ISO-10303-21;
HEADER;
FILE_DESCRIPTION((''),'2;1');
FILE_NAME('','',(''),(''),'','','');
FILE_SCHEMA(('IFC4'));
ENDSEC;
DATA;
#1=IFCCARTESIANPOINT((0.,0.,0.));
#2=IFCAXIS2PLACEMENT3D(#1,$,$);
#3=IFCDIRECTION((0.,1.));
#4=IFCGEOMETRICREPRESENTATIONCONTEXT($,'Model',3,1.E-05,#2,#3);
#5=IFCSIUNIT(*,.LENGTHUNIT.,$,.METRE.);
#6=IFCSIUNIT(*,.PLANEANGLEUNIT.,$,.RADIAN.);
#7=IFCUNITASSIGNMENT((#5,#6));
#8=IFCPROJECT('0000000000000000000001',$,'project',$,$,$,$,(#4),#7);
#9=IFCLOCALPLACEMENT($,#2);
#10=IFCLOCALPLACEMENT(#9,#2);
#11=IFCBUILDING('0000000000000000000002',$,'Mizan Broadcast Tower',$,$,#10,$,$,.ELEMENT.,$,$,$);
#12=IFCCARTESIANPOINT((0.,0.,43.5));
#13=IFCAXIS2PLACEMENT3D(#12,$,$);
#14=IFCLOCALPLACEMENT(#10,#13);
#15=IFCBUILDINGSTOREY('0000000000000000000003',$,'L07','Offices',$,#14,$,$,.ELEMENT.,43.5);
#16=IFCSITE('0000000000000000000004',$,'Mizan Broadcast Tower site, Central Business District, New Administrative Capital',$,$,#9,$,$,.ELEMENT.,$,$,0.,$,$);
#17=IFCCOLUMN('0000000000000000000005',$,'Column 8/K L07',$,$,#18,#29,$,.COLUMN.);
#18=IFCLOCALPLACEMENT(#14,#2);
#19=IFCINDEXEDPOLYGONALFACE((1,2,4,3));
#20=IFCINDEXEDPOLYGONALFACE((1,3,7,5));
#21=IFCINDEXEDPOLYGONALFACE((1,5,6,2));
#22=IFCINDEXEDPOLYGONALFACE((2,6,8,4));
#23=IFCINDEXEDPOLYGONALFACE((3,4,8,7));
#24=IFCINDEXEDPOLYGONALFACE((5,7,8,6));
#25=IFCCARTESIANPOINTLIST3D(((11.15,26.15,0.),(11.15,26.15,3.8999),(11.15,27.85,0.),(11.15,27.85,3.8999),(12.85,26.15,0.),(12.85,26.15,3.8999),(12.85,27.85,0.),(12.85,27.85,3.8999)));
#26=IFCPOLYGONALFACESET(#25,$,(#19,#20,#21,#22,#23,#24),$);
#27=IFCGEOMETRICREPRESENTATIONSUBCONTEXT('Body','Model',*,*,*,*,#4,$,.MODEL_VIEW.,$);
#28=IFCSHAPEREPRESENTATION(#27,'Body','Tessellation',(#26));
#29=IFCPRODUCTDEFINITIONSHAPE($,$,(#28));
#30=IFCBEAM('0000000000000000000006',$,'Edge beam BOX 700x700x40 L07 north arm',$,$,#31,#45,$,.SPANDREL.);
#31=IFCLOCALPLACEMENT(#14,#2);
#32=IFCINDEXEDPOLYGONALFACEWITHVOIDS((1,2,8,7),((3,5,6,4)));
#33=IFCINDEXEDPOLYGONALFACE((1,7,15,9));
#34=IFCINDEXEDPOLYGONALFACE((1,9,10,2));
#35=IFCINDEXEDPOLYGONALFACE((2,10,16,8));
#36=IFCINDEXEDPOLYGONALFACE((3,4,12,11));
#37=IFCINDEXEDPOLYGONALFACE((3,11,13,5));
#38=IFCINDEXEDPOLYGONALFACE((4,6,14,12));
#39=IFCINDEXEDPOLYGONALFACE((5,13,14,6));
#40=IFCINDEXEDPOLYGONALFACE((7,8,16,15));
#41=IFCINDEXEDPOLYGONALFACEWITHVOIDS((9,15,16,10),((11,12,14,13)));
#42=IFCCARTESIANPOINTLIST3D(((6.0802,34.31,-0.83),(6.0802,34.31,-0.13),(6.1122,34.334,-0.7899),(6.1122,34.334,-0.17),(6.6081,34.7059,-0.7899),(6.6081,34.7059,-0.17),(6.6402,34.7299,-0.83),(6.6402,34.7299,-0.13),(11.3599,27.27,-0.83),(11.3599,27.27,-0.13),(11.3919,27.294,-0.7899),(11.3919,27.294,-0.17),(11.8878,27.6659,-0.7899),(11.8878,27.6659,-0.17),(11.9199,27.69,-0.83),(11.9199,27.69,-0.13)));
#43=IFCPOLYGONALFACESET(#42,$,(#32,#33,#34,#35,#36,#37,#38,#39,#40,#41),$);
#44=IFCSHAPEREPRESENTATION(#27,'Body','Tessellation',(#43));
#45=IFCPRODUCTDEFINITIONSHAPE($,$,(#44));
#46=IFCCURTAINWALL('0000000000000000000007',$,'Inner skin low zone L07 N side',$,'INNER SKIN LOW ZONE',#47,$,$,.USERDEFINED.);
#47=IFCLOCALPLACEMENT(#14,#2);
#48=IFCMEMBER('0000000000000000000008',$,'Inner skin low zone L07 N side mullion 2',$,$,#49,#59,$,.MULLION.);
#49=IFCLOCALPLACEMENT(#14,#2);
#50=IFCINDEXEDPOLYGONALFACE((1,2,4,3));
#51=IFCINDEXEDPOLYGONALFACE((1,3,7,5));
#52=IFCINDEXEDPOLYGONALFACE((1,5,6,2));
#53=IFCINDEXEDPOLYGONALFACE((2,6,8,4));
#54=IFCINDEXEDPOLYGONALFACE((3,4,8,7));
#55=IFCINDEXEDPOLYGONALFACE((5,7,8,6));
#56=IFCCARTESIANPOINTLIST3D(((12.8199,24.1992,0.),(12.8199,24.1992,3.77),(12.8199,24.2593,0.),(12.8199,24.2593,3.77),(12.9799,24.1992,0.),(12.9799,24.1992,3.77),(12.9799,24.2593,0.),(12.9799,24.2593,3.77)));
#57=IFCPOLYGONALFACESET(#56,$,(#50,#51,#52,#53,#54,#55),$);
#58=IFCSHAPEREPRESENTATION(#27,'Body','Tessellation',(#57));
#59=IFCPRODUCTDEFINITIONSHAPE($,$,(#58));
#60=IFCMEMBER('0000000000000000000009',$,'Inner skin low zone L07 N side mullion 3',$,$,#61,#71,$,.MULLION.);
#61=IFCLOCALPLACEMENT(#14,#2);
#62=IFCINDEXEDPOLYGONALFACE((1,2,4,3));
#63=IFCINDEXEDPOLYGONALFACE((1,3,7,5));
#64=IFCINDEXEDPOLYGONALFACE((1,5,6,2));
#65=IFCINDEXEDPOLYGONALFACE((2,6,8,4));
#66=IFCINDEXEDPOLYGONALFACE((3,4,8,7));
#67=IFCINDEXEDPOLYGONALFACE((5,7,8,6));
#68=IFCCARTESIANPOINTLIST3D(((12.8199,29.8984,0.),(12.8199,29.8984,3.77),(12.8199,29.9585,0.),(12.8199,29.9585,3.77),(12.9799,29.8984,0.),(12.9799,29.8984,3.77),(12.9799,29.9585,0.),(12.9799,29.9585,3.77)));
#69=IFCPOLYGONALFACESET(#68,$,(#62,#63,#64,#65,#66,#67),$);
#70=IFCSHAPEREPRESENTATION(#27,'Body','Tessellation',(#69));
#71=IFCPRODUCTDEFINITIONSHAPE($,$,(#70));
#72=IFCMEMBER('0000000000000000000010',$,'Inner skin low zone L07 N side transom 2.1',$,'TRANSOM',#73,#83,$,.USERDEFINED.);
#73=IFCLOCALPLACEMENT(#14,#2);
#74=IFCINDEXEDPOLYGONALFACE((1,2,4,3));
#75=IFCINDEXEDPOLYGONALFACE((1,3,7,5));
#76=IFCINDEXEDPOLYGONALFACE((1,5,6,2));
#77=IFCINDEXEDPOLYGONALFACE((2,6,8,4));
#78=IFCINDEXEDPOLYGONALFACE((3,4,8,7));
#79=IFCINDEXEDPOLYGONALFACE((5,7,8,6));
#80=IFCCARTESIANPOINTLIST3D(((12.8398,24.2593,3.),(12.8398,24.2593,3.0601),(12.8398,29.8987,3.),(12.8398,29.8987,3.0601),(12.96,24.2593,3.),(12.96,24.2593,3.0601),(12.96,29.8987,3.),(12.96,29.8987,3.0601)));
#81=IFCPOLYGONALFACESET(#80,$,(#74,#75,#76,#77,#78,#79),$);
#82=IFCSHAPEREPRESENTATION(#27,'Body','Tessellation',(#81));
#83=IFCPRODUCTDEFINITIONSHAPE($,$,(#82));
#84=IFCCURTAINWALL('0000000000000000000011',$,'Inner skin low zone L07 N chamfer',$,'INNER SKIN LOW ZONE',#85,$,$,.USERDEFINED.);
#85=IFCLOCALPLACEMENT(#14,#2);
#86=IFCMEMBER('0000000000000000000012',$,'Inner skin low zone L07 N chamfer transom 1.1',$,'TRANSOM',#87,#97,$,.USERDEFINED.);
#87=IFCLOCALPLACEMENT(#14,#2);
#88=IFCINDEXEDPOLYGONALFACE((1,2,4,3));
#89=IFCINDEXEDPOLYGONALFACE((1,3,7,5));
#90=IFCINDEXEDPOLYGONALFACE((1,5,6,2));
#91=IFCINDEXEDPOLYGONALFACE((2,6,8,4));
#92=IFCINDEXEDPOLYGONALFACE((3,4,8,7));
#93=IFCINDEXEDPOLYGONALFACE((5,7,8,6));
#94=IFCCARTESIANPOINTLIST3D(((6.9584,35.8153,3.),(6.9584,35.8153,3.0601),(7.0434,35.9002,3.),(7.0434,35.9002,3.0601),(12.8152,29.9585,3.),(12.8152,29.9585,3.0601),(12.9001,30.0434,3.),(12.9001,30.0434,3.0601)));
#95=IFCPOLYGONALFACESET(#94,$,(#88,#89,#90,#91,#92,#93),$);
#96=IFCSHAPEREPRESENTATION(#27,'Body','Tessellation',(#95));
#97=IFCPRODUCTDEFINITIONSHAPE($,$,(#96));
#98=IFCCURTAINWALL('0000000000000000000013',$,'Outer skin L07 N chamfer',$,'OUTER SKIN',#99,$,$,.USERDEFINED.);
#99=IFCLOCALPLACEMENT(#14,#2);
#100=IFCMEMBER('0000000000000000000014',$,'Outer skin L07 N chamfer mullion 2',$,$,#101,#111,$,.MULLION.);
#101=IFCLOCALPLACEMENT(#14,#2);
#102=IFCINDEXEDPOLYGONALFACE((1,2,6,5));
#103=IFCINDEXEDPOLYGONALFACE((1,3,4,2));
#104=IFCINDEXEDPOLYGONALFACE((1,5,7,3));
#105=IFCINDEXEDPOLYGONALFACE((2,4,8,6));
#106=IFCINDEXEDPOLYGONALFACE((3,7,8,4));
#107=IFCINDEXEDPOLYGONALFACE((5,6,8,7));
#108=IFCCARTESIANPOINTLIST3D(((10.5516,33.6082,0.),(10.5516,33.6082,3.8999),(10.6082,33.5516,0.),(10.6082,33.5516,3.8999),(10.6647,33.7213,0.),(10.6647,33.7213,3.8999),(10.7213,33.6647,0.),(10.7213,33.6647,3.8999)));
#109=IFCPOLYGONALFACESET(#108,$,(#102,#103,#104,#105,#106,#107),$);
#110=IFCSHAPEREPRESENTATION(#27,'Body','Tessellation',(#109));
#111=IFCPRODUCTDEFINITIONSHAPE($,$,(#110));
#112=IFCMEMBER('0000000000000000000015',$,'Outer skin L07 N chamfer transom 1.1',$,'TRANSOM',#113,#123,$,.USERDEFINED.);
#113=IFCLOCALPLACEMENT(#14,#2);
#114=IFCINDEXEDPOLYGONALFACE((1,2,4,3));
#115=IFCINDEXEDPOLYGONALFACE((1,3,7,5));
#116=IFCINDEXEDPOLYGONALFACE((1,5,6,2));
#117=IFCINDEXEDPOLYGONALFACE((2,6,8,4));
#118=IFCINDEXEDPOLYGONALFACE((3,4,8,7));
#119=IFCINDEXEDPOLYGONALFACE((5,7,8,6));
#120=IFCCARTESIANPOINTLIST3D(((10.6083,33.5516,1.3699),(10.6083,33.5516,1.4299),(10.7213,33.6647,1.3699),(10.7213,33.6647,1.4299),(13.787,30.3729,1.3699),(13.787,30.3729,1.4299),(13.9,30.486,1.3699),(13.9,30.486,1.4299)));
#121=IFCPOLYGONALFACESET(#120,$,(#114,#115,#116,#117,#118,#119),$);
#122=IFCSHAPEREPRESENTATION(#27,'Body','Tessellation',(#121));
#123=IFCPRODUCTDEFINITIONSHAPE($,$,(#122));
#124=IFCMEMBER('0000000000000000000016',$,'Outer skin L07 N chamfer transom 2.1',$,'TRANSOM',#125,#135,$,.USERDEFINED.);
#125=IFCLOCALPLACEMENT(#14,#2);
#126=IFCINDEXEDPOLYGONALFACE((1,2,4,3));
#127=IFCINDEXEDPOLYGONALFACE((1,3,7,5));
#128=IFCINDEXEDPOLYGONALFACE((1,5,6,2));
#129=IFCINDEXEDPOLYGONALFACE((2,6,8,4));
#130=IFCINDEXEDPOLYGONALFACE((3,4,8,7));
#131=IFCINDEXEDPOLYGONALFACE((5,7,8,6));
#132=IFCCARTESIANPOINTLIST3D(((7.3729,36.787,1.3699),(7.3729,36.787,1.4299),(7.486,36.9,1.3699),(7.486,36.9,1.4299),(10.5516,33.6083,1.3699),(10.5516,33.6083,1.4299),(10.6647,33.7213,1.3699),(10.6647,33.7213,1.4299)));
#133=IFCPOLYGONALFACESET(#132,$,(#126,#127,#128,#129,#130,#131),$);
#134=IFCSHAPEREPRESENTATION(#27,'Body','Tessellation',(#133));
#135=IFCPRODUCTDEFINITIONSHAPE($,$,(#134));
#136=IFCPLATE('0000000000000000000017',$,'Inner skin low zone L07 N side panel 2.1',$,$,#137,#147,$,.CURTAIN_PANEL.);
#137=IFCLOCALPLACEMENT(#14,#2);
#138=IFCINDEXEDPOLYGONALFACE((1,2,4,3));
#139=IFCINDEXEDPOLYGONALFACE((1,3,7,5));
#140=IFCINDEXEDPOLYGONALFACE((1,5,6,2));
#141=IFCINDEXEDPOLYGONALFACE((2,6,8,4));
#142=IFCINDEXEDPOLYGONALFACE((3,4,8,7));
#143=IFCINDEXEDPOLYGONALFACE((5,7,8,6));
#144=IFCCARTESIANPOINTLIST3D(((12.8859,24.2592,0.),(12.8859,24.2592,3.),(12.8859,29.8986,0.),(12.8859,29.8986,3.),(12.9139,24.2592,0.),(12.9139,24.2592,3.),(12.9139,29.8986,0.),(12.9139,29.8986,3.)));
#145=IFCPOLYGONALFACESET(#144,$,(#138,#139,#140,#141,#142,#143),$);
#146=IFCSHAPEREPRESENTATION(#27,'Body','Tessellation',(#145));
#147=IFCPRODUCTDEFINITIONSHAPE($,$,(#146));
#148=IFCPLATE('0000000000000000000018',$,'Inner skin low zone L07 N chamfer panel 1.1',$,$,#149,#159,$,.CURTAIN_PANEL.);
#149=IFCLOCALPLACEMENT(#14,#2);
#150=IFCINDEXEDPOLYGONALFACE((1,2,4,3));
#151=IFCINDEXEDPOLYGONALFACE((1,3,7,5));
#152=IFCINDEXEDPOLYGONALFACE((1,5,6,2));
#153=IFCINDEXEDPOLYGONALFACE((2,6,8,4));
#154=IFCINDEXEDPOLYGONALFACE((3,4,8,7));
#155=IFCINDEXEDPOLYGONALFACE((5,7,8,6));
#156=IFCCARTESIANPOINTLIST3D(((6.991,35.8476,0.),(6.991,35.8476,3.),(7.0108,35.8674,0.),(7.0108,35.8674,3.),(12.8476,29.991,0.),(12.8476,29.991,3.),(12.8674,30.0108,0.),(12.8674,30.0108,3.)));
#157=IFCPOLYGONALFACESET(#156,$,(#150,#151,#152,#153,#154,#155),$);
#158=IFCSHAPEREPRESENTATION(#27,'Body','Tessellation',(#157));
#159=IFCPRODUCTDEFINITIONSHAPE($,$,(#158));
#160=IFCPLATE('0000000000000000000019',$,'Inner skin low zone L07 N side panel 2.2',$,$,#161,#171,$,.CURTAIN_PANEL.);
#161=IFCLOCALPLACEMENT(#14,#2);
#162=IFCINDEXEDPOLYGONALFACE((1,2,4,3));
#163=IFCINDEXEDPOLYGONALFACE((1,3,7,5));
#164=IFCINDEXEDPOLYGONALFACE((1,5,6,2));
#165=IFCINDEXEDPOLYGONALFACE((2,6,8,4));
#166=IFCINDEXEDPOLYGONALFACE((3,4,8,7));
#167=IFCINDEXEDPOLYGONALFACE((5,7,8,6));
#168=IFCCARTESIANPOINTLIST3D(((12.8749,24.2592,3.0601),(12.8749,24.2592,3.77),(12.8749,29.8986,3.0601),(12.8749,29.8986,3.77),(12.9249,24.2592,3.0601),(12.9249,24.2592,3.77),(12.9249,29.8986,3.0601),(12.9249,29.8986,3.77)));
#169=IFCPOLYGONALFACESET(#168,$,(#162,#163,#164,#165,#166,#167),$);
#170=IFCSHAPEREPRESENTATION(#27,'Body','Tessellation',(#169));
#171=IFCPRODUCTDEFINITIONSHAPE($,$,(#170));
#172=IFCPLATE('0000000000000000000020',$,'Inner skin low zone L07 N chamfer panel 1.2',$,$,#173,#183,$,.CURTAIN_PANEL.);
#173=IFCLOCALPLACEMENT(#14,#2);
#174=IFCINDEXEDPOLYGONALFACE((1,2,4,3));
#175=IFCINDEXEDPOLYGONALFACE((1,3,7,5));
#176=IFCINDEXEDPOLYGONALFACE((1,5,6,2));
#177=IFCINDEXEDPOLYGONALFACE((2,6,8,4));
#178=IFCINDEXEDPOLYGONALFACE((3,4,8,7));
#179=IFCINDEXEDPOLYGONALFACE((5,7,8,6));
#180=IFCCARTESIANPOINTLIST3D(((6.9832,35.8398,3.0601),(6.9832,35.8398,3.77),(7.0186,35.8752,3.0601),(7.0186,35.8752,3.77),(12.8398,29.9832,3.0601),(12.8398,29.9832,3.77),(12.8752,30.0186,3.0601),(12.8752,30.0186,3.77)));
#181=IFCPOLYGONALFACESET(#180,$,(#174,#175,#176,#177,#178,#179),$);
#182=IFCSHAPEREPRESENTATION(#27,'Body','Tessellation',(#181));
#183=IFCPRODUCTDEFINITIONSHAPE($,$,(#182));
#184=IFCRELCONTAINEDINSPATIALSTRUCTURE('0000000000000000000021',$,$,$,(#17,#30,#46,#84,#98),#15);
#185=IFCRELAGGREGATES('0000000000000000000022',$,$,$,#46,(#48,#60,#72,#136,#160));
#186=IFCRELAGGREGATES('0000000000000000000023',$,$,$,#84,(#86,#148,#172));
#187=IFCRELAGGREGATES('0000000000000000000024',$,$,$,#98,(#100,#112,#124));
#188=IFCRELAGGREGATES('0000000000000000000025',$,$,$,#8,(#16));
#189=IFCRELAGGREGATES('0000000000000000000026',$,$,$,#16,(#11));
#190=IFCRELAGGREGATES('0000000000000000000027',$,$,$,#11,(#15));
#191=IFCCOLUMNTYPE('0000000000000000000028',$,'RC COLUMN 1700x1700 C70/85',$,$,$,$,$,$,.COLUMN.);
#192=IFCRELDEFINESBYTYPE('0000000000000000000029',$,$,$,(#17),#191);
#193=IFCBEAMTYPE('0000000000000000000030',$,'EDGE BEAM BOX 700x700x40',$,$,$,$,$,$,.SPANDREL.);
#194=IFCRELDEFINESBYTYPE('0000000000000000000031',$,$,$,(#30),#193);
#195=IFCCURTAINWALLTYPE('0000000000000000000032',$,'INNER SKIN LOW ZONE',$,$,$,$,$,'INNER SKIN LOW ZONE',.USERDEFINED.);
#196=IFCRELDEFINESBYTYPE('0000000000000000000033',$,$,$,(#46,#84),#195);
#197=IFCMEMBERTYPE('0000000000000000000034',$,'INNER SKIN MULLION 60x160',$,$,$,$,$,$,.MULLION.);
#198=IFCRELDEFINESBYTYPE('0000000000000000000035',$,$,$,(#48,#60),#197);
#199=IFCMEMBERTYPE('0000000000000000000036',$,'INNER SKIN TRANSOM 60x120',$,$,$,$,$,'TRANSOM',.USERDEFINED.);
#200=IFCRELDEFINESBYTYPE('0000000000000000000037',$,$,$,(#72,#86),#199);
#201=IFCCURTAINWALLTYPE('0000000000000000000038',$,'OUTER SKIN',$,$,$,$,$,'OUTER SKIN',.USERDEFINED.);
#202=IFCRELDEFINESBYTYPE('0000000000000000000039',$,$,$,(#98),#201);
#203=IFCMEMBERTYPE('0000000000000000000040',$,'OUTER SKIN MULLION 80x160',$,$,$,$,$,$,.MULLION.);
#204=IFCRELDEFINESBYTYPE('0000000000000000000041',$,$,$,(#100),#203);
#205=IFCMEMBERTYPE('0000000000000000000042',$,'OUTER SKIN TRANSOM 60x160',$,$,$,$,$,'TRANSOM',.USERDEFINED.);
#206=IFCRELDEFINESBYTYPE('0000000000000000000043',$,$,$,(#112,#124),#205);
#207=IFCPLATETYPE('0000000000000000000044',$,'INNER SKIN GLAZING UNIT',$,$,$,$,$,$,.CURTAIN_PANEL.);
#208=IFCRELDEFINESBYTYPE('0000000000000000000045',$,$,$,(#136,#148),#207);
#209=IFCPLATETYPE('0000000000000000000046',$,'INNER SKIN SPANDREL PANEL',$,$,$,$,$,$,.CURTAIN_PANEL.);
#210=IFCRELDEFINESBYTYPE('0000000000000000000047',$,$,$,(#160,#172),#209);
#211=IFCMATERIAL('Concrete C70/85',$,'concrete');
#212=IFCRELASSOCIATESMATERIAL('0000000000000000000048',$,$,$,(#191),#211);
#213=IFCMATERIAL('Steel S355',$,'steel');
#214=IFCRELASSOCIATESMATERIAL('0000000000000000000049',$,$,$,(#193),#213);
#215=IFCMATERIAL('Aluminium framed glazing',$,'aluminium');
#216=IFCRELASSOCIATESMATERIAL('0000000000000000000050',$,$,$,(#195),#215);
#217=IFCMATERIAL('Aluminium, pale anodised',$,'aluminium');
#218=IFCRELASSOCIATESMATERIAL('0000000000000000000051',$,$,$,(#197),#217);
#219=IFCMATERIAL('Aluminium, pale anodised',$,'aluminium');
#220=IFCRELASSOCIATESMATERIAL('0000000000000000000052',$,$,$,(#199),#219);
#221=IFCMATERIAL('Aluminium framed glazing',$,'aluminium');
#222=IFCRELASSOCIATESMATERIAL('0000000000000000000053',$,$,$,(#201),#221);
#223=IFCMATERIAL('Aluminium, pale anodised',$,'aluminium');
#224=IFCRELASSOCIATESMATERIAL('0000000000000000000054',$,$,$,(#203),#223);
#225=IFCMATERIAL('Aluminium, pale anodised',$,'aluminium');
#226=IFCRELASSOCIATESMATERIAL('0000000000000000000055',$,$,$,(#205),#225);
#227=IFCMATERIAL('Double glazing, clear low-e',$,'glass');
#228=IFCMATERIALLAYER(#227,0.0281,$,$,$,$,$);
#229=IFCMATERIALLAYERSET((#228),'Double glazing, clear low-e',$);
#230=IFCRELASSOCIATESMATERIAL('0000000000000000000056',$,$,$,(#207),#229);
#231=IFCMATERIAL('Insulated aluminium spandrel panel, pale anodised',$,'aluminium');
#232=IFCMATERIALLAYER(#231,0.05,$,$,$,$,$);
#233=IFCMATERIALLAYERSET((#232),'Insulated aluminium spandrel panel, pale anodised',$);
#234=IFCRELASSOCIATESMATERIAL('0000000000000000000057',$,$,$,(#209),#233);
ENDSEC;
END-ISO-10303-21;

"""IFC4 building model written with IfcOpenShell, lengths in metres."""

from ifc_helpers import new_model, si_unit, direction, frame, origin, origin_2d, place, context, subcontext, project, spatial, rectangle, hollow_rectangle, extrude, material, layer, layer_set, material_profile, profile_set, type_object, element, aggregate, save


model = new_model("IFC4")

# Units and contexts
model_context = context("Model", 3, precision=1e-05, world=origin(), true_north=direction((0.0, 1.0)))
body_context = subcontext(model_context, "Body", "Model", "MODEL_VIEW")
ifc_project = project(units=[si_unit("LENGTHUNIT", "METRE"), si_unit("PLANEANGLEUNIT", "RADIAN")], contexts=[model_context])

# Site, building, storey
site_placement = place(None, origin())
site = spatial("IfcSite", under=ifc_project, at=site_placement, Name="Mizan Broadcast Tower site, Central Business District, New Administrative Capital", CompositionType="ELEMENT", RefElevation=0.0)
building_placement = place(site_placement, origin())
building = spatial("IfcBuilding", under=site, at=building_placement, Name="Mizan Broadcast Tower", CompositionType="ELEMENT")
storey_placement = place(building_placement, frame((0.0, 0.0, 43.5)))
storey = spatial("IfcBuildingStorey", under=building, at=storey_placement, Name="L07", Description="Offices", CompositionType="ELEMENT", Elevation=43.5)

# Column
ifc_material_1 = material(Name="Concrete C70/85", Category="concrete")
ifc_material_profile_1 = material_profile(ifc_material_1, rectangle(XDim=1.7, YDim=1.7, at=origin_2d()), Name="RC 1700x1700")
ifc_profile_set_1 = profile_set([ifc_material_profile_1], Name="Concrete C70/85")
column_type = type_object("IfcColumnType", Name="RC COLUMN 1700x1700 C70/85", PredefinedType="COLUMN", material=ifc_profile_set_1)
column_placement = place(storey_placement, frame((12.0, 27.0, 0.0), z_axis=(0.0, 0.0, 1.0), x_axis=(1.0, 0.0, 0.0)))
element("IfcColumn", 1, at=column_placement, inside=storey, type_object=column_type, Name="Column 8/K L07", PredefinedType="COLUMN", context=body_context, shape_type="SweptSolid", body=[
    extrude(rectangle(XDim=1.7, YDim=1.7, at=origin_2d()), origin(), (0.0, 0.0, 1.0), 3.8999),
])

# Beam
ifc_material_2 = material(Name="Steel S355", Category="steel")
ifc_material_profile_2 = material_profile(ifc_material_2, hollow_rectangle(XDim=0.7, YDim=0.7, WallThickness=0.04, at=origin_2d()), Name="BOX 700x700x40")
ifc_profile_set_2 = profile_set([ifc_material_profile_2], Name="Steel S355")
beam_type = type_object("IfcBeamType", Name="EDGE BEAM BOX 700x700x40", PredefinedType="SPANDREL", material=ifc_profile_set_2)
beam_placement = place(storey_placement, frame((11.6399, 27.48, -0.48), z_axis=(-0.599982, 0.800013, 0.0), x_axis=(-0.800013, -0.599982, 0.0)))
element("IfcBeam", 2, at=beam_placement, inside=storey, type_object=beam_type, Name="Edge beam BOX 700x700x40 L07 north arm", PredefinedType="SPANDREL", context=body_context, shape_type="SweptSolid", body=[
    extrude(hollow_rectangle(XDim=0.7, YDim=0.7, WallThickness=0.04, at=origin_2d()), origin(), (0.0, 0.0, 1.0), 8.7998),
])

# Curtain wall, members
ifc_material_3 = material(Name="Aluminium framed glazing", Category="aluminium")
curtain_wall_type_1 = type_object("IfcCurtainWallType", Name="INNER SKIN LOW ZONE", ElementType="INNER SKIN LOW ZONE", PredefinedType="USERDEFINED", material=ifc_material_3)
curtain_wall_1_placement = place(storey_placement, origin())
curtain_wall_1 = element("IfcCurtainWall", 3, at=curtain_wall_1_placement, inside=storey, type_object=curtain_wall_type_1, Name="Inner skin low zone L07 N side", ObjectType="INNER SKIN LOW ZONE", PredefinedType="USERDEFINED")
ifc_material_4 = material(Name="Aluminium, pale anodised", Category="aluminium")
ifc_material_profile_3 = material_profile(ifc_material_4, rectangle(XDim=0.1599, YDim=0.0601, at=origin_2d()), Name="MULLION 160x60")
ifc_profile_set_3 = profile_set([ifc_material_profile_3], Name="Aluminium, pale anodised")
member_type_1 = type_object("IfcMemberType", Name="INNER SKIN MULLION 60x160", PredefinedType="MULLION", material=ifc_profile_set_3)
member_1_placement = place(storey_placement, frame((12.8999, 24.2292, 0.0), z_axis=(0.0, 0.0, 1.0), x_axis=(-1.0, 0.0, 0.0)))
member_1 = element("IfcMember", 4, at=member_1_placement, type_object=member_type_1, Name="Inner skin low zone L07 N side mullion 2", PredefinedType="MULLION", context=body_context, shape_type="SweptSolid", body=[
    extrude(rectangle(XDim=0.1599, YDim=0.0601, at=origin_2d()), origin(), (0.0, 0.0, 1.0), 3.77),
])
member_2_placement = place(storey_placement, frame((12.8999, 29.9285, 0.0), z_axis=(0.0, 0.0, 1.0), x_axis=(-1.0, 0.0, 0.0)))
member_2 = element("IfcMember", 5, at=member_2_placement, type_object=member_type_1, Name="Inner skin low zone L07 N side mullion 3", PredefinedType="MULLION", context=body_context, shape_type="SweptSolid", body=[
    extrude(rectangle(XDim=0.1599, YDim=0.0601, at=origin_2d()), origin(), (0.0, 0.0, 1.0), 3.77),
])
ifc_material_5 = material(Name="Aluminium, pale anodised", Category="aluminium")
ifc_material_profile_4 = material_profile(ifc_material_5, rectangle(XDim=0.1201, YDim=0.0601, at=origin_2d()), Name="TRANSOM 120x60")
ifc_profile_set_4 = profile_set([ifc_material_profile_4], Name="Aluminium, pale anodised")
member_type_2 = type_object("IfcMemberType", Name="INNER SKIN TRANSOM 60x120", ElementType="TRANSOM", PredefinedType="USERDEFINED", material=ifc_profile_set_4)
member_3_placement = place(storey_placement, frame((12.8999, 24.2593, 3.03), z_axis=(0.0, 1.0, 0.0), x_axis=(-1.0, 0.0, 0.0)))
member_3 = element("IfcMember", 6, at=member_3_placement, type_object=member_type_2, Name="Inner skin low zone L07 N side transom 2.1", ObjectType="TRANSOM", PredefinedType="USERDEFINED", context=body_context, shape_type="SweptSolid", body=[
    extrude(rectangle(XDim=0.1201, YDim=0.0601, at=origin_2d()), origin(), (0.0, 0.0, 1.0), 5.6394),
])

# Curtain wall, member
curtain_wall_2_placement = place(storey_placement, origin())
curtain_wall_2 = element("IfcCurtainWall", 7, at=curtain_wall_2_placement, inside=storey, type_object=curtain_wall_type_1, Name="Inner skin low zone L07 N chamfer", ObjectType="INNER SKIN LOW ZONE", PredefinedType="USERDEFINED")
member_4_placement = place(storey_placement, frame((12.8577, 30.001, 3.03), z_axis=(-0.707107, 0.707107, 0.0), x_axis=(-0.707107, -0.707107, 0.0)))
member_4 = element("IfcMember", 8, at=member_4_placement, type_object=member_type_2, Name="Inner skin low zone L07 N chamfer transom 1.1", ObjectType="TRANSOM", PredefinedType="USERDEFINED", context=body_context, shape_type="SweptSolid", body=[
    extrude(rectangle(XDim=0.1201, YDim=0.0601, at=origin_2d()), origin(), (0.0, 0.0, 1.0), 8.2827),
])

# Curtain wall, members
ifc_material_6 = material(Name="Aluminium framed glazing", Category="aluminium")
curtain_wall_type_2 = type_object("IfcCurtainWallType", Name="OUTER SKIN", ElementType="OUTER SKIN", PredefinedType="USERDEFINED", material=ifc_material_6)
curtain_wall_3_placement = place(storey_placement, origin())
curtain_wall_3 = element("IfcCurtainWall", 9, at=curtain_wall_3_placement, inside=storey, type_object=curtain_wall_type_2, Name="Outer skin L07 N chamfer", ObjectType="OUTER SKIN", PredefinedType="USERDEFINED")
ifc_material_7 = material(Name="Aluminium, pale anodised", Category="aluminium")
ifc_material_profile_5 = material_profile(ifc_material_7, rectangle(XDim=0.1599, YDim=0.0801, at=origin_2d()), Name="MULLION 160x80")
ifc_profile_set_5 = profile_set([ifc_material_profile_5], Name="Aluminium, pale anodised")
member_type_3 = type_object("IfcMemberType", Name="OUTER SKIN MULLION 80x160", PredefinedType="MULLION", material=ifc_profile_set_5)
member_5_placement = place(storey_placement, frame((10.6365, 33.6365, 0.0), z_axis=(0.0, 0.0, 1.0), x_axis=(-0.707107, -0.707107, 0.0)))
member_5 = element("IfcMember", 10, at=member_5_placement, type_object=member_type_3, Name="Outer skin L07 N chamfer mullion 2", PredefinedType="MULLION", context=body_context, shape_type="SweptSolid", body=[
    extrude(rectangle(XDim=0.1599, YDim=0.0801, at=origin_2d()), origin(), (0.0, 0.0, 1.0), 3.8999),
])
ifc_material_8 = material(Name="Aluminium, pale anodised", Category="aluminium")
ifc_material_profile_6 = material_profile(ifc_material_8, rectangle(XDim=0.1599, YDim=0.0601, at=origin_2d()), Name="TRANSOM 160x60")
ifc_profile_set_6 = profile_set([ifc_material_profile_6], Name="Aluminium, pale anodised")
member_type_4 = type_object("IfcMemberType", Name="OUTER SKIN TRANSOM 60x160", ElementType="TRANSOM", PredefinedType="USERDEFINED", material=ifc_profile_set_6)
member_6_placement = place(storey_placement, frame((13.8435, 30.4294, 1.3999), z_axis=(-0.707107, 0.707107, 0.0), x_axis=(-0.707107, -0.707107, 0.0)))
member_6 = element("IfcMember", 11, at=member_6_placement, type_object=member_type_4, Name="Outer skin L07 N chamfer transom 1.1", ObjectType="TRANSOM", PredefinedType="USERDEFINED", context=body_context, shape_type="SweptSolid", body=[
    extrude(rectangle(XDim=0.1599, YDim=0.0601, at=origin_2d()), origin(), (0.0, 0.0, 1.0), 4.4954),
])
member_7_placement = place(storey_placement, frame((10.6082, 33.6648, 1.3999), z_axis=(-0.707107, 0.707107, 0.0), x_axis=(-0.707107, -0.707107, 0.0)))
member_7 = element("IfcMember", 12, at=member_7_placement, type_object=member_type_4, Name="Outer skin L07 N chamfer transom 2.1", ObjectType="TRANSOM", PredefinedType="USERDEFINED", context=body_context, shape_type="SweptSolid", body=[
    extrude(rectangle(XDim=0.1599, YDim=0.0601, at=origin_2d()), origin(), (0.0, 0.0, 1.0), 4.4954),
])

# Plates
ifc_material_9 = material(Name="Double glazing, clear low-e", Category="glass")
ifc_layer_1 = layer(ifc_material_9, 0.0281)
ifc_layer_set_1 = layer_set([ifc_layer_1], Name="Double glazing, clear low-e")
plate_type_1 = type_object("IfcPlateType", Name="INNER SKIN GLAZING UNIT", PredefinedType="CURTAIN_PANEL", material=ifc_layer_set_1)
plate_1_placement = place(storey_placement, frame((12.8999, 27.0789, 0.0), z_axis=(0.0, 0.0, 1.0), x_axis=(0.0, 1.0, 0.0)))
plate_1 = element("IfcPlate", 13, at=plate_1_placement, type_object=plate_type_1, Name="Inner skin low zone L07 N side panel 2.1", PredefinedType="CURTAIN_PANEL", context=body_context, shape_type="SweptSolid", body=[
    extrude(rectangle(XDim=5.6394, YDim=0.0281, at=origin_2d()), origin(), (0.0, 0.0, 1.0), 3.0),
])
plate_2_placement = place(storey_placement, frame((9.9292, 32.9292, 0.0), z_axis=(0.0, 0.0, 1.0), x_axis=(-0.707107, 0.707107, 0.0)))
plate_2 = element("IfcPlate", 14, at=plate_2_placement, type_object=plate_type_1, Name="Inner skin low zone L07 N chamfer panel 1.1", PredefinedType="CURTAIN_PANEL", context=body_context, shape_type="SweptSolid", body=[
    extrude(rectangle(XDim=8.2825, YDim=0.0281, at=origin_2d()), origin(), (0.0, 0.0, 1.0), 3.0),
])
ifc_material_10 = material(Name="Insulated aluminium spandrel panel, pale anodised", Category="aluminium")
ifc_layer_2 = layer(ifc_material_10, 0.05)
ifc_layer_set_2 = layer_set([ifc_layer_2], Name="Insulated aluminium spandrel panel, pale anodised")
plate_type_2 = type_object("IfcPlateType", Name="INNER SKIN SPANDREL PANEL", PredefinedType="CURTAIN_PANEL", material=ifc_layer_set_2)
plate_3_placement = place(storey_placement, frame((12.8999, 27.0789, 3.0601), z_axis=(0.0, 0.0, 1.0), x_axis=(0.0, 1.0, 0.0)))
plate_3 = element("IfcPlate", 15, at=plate_3_placement, type_object=plate_type_2, Name="Inner skin low zone L07 N side panel 2.2", PredefinedType="CURTAIN_PANEL", context=body_context, shape_type="SweptSolid", body=[
    extrude(rectangle(XDim=5.6394, YDim=0.05, at=origin_2d()), origin(), (0.0, 0.0, 1.0), 0.71),
])
aggregate(curtain_wall_1, [member_1, member_2, member_3, plate_1, plate_3])
plate_4_placement = place(storey_placement, frame((9.9292, 32.9292, 3.0601), z_axis=(0.0, 0.0, 1.0), x_axis=(-0.707107, 0.707107, 0.0)))
plate_4 = element("IfcPlate", 16, at=plate_4_placement, type_object=plate_type_2, Name="Inner skin low zone L07 N chamfer panel 1.2", PredefinedType="CURTAIN_PANEL", context=body_context, shape_type="SweptSolid", body=[
    extrude(rectangle(XDim=8.2825, YDim=0.05, at=origin_2d()), origin(), (0.0, 0.0, 1.0), 0.71),
])
aggregate(curtain_wall_2, [member_4, plate_2, plate_4])
aggregate(curtain_wall_3, [member_5, member_6, member_7])

save(model, "model.ifc")
